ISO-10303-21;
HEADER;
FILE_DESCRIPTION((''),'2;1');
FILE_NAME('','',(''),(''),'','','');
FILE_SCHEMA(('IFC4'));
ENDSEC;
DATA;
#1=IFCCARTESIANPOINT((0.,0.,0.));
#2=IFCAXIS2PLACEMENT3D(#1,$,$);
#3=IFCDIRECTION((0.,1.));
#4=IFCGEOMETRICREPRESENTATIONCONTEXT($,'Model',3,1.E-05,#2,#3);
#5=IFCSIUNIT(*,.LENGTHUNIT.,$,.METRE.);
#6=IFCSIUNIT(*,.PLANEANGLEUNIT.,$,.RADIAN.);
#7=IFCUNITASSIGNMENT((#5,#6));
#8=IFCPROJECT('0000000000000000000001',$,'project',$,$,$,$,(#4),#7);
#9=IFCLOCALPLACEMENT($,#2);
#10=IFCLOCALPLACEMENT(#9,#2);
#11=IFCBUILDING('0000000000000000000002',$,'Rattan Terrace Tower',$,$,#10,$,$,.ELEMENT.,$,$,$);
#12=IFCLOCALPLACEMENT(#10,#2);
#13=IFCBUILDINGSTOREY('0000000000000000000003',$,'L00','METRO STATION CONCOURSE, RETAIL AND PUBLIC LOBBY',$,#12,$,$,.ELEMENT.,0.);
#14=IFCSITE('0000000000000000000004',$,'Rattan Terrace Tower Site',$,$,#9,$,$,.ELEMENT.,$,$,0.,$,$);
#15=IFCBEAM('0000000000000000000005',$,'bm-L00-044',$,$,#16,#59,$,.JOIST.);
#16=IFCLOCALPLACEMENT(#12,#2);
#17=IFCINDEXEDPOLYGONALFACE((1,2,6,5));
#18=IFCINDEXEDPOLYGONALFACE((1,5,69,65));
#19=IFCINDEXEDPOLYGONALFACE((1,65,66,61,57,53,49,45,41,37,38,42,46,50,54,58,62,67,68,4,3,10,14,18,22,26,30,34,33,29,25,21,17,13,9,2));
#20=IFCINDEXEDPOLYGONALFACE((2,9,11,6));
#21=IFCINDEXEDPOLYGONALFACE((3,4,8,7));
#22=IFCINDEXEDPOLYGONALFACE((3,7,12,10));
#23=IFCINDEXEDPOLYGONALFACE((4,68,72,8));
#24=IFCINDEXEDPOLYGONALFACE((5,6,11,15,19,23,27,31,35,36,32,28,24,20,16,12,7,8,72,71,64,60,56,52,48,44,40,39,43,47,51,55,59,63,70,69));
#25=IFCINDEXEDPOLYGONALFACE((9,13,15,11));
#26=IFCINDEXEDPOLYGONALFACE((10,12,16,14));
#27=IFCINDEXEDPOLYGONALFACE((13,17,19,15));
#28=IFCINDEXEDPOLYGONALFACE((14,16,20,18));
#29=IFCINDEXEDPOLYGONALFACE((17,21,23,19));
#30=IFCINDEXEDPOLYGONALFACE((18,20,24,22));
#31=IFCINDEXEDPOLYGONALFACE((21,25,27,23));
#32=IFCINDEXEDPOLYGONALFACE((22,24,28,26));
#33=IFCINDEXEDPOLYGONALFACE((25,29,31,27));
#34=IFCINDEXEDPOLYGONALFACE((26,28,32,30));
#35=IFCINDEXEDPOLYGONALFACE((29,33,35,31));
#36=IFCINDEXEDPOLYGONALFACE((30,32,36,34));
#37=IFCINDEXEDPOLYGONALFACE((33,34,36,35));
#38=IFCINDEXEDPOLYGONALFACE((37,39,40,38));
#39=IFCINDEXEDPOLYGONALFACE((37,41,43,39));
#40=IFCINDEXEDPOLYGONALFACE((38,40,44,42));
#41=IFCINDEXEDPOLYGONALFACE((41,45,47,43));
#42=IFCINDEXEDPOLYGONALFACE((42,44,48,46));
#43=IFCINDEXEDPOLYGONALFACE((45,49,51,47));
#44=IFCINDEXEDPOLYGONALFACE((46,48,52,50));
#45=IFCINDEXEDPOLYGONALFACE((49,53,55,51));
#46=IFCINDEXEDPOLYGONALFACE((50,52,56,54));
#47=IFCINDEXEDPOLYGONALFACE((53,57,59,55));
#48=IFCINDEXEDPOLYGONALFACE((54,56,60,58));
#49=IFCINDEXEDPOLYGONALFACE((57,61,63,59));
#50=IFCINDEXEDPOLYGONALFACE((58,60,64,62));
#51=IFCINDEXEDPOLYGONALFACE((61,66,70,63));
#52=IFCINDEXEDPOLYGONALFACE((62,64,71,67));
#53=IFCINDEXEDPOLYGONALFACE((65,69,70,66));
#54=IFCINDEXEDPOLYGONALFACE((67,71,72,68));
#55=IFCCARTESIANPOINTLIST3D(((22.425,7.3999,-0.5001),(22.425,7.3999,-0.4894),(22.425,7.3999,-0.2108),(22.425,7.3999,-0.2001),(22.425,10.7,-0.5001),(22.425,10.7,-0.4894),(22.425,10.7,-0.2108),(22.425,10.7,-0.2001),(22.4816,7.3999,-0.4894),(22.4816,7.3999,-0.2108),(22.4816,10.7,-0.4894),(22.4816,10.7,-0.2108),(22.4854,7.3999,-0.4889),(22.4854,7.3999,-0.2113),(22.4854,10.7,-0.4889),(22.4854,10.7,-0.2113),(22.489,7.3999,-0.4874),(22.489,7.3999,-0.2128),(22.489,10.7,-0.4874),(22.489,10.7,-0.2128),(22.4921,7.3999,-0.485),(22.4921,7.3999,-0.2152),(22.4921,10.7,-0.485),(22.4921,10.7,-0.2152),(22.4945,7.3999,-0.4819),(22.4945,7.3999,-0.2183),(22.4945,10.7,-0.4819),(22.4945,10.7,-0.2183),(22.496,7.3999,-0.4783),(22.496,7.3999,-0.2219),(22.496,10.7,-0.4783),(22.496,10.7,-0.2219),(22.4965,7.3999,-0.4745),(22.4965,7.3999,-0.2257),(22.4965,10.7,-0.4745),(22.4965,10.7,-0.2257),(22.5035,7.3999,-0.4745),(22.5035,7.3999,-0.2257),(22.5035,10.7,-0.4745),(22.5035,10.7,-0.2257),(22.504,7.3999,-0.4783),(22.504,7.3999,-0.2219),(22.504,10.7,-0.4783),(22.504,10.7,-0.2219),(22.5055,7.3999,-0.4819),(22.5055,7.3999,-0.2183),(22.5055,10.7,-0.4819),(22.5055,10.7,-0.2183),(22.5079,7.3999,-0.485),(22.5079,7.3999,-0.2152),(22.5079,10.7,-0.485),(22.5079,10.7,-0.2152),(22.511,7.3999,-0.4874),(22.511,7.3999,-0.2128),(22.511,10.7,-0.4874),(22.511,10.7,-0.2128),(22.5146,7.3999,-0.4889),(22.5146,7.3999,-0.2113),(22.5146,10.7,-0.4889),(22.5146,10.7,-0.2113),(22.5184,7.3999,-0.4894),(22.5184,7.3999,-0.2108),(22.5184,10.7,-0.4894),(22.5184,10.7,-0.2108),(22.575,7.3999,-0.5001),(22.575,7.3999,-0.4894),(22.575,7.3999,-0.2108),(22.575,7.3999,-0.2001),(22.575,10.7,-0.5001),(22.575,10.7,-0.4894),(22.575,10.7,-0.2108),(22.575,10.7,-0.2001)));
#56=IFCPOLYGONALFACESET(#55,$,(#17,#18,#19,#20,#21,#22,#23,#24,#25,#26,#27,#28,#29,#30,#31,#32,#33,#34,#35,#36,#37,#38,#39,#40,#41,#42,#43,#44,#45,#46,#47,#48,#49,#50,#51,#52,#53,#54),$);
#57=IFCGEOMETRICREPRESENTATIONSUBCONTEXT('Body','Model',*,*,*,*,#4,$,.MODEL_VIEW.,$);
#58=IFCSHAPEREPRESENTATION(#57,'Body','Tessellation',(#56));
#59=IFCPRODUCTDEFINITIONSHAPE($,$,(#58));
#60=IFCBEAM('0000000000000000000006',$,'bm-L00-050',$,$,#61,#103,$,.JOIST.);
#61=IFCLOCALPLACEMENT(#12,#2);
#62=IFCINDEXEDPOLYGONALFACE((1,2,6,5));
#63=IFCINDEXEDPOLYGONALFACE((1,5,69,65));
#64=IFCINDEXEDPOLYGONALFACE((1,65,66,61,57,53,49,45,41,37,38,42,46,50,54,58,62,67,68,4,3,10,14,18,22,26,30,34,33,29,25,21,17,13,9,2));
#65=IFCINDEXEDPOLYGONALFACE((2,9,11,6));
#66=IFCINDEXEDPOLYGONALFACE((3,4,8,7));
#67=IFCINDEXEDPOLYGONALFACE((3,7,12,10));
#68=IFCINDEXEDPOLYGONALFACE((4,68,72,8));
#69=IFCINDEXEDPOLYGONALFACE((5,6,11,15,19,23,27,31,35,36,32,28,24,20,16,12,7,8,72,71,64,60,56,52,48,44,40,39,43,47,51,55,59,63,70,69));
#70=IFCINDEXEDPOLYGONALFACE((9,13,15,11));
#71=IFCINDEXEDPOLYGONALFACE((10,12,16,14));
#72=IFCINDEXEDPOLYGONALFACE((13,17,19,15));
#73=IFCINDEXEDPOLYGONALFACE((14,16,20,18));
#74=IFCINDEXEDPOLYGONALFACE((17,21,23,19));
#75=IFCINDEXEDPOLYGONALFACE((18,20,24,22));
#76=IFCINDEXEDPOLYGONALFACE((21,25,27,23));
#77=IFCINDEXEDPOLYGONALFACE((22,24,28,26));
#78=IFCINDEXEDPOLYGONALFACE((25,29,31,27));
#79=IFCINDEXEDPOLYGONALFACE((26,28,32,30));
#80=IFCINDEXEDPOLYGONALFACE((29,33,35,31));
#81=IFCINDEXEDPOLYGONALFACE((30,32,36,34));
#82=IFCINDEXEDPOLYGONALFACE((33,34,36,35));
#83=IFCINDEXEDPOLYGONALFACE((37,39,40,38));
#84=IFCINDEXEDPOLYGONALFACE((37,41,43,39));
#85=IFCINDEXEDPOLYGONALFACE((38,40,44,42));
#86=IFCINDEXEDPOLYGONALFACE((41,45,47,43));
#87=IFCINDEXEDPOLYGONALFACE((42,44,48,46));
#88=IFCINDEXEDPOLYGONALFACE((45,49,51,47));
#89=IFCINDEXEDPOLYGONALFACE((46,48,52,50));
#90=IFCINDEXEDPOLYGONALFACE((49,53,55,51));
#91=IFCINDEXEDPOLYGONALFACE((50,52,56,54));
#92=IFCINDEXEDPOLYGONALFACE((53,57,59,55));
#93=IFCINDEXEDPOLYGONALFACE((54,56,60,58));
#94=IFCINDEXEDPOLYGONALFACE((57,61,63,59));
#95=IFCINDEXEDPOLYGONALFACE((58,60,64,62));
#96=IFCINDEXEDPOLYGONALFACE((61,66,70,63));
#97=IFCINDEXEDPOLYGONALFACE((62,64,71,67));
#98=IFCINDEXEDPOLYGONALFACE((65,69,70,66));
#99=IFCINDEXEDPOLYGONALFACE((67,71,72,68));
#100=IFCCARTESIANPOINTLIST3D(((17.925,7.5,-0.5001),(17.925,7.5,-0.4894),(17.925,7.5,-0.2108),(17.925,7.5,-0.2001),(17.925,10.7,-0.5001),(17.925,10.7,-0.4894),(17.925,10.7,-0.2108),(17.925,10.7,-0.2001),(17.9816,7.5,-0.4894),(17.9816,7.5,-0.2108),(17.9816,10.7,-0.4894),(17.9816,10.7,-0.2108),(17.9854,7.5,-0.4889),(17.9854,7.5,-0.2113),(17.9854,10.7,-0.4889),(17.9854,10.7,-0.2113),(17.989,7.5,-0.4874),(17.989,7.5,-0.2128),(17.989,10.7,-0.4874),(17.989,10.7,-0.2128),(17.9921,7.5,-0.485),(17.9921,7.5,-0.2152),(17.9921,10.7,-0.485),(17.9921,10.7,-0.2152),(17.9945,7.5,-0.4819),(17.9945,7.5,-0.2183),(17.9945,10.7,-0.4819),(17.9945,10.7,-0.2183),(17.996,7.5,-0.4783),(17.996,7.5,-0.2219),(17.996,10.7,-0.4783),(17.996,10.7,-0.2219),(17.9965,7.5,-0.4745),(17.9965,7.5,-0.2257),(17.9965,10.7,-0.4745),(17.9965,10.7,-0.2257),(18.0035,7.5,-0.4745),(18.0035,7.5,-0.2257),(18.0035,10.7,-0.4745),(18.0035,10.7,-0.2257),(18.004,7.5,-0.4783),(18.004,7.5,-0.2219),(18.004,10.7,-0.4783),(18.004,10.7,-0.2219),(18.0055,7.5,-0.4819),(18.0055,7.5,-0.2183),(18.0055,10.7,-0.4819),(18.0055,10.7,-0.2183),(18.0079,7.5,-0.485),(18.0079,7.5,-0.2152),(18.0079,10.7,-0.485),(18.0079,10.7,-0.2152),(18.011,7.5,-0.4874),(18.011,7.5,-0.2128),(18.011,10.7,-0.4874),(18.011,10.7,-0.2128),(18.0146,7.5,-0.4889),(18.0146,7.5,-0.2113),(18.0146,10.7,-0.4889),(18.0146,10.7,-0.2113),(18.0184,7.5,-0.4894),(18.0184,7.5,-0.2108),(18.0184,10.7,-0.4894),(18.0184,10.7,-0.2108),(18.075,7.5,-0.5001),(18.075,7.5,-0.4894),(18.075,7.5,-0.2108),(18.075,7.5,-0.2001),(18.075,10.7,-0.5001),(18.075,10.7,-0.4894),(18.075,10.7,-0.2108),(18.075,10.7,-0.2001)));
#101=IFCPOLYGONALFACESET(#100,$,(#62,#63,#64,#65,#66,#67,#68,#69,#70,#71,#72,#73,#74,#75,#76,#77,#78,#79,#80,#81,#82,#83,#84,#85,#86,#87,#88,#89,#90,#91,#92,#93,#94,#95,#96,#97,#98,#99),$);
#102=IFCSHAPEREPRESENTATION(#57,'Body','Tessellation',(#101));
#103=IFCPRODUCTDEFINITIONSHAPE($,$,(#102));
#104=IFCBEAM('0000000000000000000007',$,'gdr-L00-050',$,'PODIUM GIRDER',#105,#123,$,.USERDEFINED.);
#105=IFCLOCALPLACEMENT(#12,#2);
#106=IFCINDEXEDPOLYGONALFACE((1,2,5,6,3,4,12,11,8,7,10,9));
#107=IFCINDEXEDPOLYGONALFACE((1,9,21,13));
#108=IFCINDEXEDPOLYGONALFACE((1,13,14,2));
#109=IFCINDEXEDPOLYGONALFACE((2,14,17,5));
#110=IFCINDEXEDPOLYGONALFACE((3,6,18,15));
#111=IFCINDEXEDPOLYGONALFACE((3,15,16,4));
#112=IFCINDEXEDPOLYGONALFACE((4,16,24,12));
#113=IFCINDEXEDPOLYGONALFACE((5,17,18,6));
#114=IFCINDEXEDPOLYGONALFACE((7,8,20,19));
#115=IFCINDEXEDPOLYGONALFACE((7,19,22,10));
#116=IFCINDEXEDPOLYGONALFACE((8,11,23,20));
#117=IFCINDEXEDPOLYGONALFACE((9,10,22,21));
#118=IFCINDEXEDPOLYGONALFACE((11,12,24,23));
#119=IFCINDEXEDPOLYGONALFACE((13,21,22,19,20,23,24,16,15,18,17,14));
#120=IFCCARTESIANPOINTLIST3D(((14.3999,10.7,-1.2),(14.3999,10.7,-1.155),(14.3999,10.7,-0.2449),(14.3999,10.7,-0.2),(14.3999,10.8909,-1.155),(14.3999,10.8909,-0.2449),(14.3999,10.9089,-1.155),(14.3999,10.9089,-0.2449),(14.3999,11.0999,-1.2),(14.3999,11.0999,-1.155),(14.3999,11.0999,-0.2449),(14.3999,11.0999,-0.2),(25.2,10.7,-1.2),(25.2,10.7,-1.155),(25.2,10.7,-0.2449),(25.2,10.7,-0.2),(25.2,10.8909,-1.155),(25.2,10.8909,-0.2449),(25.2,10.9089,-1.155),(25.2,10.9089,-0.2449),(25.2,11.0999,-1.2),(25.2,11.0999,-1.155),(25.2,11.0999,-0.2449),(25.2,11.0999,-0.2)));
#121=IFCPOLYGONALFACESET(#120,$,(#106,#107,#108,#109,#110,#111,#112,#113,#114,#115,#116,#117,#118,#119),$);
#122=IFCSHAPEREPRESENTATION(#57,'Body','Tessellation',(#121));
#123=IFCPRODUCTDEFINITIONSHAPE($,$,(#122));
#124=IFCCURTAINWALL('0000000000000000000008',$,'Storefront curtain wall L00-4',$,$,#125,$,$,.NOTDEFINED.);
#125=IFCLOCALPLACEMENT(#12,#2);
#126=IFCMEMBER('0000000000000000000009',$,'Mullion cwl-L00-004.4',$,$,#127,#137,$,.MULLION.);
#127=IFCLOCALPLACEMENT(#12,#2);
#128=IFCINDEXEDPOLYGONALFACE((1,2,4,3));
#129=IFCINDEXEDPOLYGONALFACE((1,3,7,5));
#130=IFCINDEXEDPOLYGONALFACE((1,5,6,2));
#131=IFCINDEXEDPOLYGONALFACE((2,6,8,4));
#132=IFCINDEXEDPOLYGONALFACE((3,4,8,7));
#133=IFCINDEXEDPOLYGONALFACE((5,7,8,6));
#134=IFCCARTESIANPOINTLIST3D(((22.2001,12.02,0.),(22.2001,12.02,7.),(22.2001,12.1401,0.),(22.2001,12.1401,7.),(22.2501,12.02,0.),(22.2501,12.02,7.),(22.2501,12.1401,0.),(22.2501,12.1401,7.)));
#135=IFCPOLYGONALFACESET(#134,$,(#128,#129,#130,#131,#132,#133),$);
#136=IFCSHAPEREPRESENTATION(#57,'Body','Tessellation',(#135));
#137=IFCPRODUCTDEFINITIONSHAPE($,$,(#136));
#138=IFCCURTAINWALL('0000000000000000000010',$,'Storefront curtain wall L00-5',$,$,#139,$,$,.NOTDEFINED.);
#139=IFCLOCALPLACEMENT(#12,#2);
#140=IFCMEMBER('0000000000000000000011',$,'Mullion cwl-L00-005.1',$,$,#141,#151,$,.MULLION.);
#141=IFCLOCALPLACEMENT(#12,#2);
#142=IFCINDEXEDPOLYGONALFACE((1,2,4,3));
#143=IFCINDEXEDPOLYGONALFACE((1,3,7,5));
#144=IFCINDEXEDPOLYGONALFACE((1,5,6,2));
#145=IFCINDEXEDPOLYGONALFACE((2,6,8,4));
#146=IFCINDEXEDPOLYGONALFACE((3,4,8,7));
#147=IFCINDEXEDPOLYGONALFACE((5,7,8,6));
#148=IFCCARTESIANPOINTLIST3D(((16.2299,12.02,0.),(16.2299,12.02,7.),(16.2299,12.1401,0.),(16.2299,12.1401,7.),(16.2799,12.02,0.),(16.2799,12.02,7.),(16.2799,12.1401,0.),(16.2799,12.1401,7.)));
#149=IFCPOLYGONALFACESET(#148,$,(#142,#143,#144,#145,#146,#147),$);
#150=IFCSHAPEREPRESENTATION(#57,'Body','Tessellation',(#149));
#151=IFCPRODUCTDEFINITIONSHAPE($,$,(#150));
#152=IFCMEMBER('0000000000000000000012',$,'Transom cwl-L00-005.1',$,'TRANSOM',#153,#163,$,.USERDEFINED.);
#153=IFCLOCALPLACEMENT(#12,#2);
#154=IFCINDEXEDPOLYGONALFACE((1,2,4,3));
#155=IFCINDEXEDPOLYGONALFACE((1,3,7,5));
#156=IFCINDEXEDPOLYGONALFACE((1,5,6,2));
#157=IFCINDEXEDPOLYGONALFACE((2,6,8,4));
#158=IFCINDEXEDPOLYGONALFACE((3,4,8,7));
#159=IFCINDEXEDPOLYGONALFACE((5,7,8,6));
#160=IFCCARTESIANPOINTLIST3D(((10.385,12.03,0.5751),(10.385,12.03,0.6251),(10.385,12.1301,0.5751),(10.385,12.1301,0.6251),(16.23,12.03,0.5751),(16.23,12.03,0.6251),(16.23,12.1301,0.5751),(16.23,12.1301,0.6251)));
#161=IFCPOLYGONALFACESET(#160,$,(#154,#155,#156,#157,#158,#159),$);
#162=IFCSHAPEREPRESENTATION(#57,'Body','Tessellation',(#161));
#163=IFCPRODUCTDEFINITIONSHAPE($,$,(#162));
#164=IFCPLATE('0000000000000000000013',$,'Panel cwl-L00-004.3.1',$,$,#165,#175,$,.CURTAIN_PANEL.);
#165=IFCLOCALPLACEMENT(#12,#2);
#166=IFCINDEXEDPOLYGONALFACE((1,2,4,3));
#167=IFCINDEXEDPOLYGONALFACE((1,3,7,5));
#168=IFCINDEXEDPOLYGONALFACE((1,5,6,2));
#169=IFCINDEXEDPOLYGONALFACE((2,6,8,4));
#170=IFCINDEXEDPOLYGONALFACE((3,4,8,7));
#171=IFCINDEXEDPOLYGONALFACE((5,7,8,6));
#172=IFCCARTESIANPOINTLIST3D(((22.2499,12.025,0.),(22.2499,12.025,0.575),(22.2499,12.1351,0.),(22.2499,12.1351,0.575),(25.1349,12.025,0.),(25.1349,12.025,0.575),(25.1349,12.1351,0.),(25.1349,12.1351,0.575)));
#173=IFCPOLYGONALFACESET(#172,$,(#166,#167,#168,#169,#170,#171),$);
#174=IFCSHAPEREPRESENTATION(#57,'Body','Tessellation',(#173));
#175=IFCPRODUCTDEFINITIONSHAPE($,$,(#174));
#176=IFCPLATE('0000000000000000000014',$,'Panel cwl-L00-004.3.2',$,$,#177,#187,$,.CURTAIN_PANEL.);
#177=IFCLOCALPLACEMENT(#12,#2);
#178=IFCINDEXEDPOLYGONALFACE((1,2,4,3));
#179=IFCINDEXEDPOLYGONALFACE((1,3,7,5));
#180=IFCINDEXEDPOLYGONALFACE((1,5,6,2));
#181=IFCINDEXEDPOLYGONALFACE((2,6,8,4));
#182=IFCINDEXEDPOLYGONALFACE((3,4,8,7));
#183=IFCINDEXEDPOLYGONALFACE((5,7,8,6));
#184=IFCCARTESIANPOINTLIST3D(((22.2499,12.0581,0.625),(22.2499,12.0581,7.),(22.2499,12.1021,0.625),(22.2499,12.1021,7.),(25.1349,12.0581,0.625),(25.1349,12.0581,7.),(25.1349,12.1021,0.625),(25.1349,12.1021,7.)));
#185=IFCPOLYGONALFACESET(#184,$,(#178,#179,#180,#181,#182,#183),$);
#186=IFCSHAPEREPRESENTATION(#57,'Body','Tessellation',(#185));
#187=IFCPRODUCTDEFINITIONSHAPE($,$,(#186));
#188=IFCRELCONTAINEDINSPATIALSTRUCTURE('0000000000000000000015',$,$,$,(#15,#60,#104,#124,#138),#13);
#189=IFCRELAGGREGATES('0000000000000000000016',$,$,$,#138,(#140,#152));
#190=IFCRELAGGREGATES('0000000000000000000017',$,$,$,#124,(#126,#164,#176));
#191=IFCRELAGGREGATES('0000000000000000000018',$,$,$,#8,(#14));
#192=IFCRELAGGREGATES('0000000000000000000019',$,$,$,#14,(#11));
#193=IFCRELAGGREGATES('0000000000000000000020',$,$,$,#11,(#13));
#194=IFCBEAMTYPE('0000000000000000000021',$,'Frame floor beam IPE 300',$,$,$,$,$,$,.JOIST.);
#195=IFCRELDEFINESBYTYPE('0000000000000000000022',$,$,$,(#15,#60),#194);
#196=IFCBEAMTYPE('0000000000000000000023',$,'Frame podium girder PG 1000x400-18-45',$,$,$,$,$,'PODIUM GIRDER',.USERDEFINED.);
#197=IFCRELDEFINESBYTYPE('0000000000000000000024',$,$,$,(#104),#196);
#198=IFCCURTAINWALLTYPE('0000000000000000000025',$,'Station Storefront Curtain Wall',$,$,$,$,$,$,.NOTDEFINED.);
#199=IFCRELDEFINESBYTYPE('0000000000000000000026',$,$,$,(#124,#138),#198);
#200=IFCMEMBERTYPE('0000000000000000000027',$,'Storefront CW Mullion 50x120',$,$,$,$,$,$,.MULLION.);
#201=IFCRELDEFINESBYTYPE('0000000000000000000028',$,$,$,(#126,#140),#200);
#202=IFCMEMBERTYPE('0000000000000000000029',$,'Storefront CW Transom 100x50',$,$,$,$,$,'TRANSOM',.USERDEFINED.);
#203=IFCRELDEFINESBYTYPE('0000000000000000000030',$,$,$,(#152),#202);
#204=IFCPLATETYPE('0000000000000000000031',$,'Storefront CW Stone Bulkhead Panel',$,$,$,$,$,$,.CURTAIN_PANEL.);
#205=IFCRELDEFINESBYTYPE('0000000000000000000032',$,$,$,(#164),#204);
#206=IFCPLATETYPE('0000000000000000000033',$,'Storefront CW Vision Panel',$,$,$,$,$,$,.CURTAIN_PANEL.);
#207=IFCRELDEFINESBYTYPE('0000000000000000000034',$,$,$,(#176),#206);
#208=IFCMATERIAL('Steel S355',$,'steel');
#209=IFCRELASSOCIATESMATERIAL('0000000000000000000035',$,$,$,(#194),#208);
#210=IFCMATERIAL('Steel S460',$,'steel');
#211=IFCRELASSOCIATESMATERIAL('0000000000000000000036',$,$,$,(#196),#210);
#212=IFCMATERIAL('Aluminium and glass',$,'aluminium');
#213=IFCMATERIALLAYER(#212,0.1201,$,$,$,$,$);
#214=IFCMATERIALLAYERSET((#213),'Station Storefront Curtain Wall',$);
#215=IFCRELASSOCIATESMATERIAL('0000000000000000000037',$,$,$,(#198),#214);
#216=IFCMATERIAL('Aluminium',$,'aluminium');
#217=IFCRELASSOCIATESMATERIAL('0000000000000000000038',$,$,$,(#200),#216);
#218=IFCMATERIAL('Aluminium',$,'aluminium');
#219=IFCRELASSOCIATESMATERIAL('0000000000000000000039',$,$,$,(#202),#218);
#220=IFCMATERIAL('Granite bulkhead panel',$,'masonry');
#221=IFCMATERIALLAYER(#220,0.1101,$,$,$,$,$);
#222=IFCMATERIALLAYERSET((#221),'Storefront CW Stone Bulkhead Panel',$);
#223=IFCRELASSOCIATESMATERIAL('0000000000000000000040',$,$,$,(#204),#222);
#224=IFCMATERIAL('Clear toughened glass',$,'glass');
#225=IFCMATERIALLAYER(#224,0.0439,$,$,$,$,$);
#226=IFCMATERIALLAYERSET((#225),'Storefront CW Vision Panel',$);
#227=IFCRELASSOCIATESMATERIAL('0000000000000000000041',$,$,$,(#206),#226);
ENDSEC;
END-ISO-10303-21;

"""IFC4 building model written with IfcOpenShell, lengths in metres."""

from ifc_helpers import new_model, si_unit, direction, frame, origin, origin_2d, place, context, subcontext, project, spatial, rectangle, i_section, extrude, material, layer, layer_set, material_profile, profile_set, type_object, element, aggregate, save


model = new_model("IFC4")

# Units and contexts
model_context = context("Model", 3, precision=1e-05, world=origin(), true_north=direction((0.0, 1.0)))
body_context = subcontext(model_context, "Body", "Model", "MODEL_VIEW")
ifc_project = project(units=[si_unit("LENGTHUNIT", "METRE"), si_unit("PLANEANGLEUNIT", "RADIAN")], contexts=[model_context])

# Site, building, storey
site_placement = place(None, origin())
site = spatial("IfcSite", under=ifc_project, at=site_placement, Name="Rattan Terrace Tower Site", CompositionType="ELEMENT", RefElevation=0.0)
building_placement = place(site_placement, origin())
building = spatial("IfcBuilding", under=site, at=building_placement, Name="Rattan Terrace Tower", CompositionType="ELEMENT")
storey_placement = place(building_placement, origin())
storey = spatial("IfcBuildingStorey", under=building, at=storey_placement, Name="L00", Description="METRO STATION CONCOURSE, RETAIL AND PUBLIC LOBBY", CompositionType="ELEMENT", Elevation=0.0)

# Beams
ifc_material_1 = material(Name="Steel S355", Category="steel")
ifc_material_profile_1 = material_profile(ifc_material_1, i_section(OverallWidth=0.1499, OverallDepth=0.3, WebThickness=0.0071, FlangeThickness=0.0107, FilletRadius=0.0149, at=origin_2d()), Name="IPE 300")
ifc_profile_set_1 = profile_set([ifc_material_profile_1], Name="Steel S355")
beam_type_1 = type_object("IfcBeamType", Name="Frame floor beam IPE 300", PredefinedType="JOIST", material=ifc_profile_set_1)
beam_1_placement = place(storey_placement, frame((22.5, 7.3999, -0.3501), z_axis=(0.0, 1.0, 0.0), x_axis=(-1.0, 0.0, 0.0)))
element("IfcBeam", 1, at=beam_1_placement, inside=storey, type_object=beam_type_1, Name="bm-L00-044", PredefinedType="JOIST", context=body_context, shape_type="SweptSolid", body=[
    extrude(i_section(OverallWidth=0.1499, OverallDepth=0.3, WebThickness=0.0071, FlangeThickness=0.0107, FilletRadius=0.0149, at=origin_2d()), origin(), (0.0, 0.0, 1.0), 3.3),
])
beam_2_placement = place(storey_placement, frame((18.0, 7.5, -0.3501), z_axis=(0.0, 1.0, 0.0), x_axis=(-1.0, 0.0, 0.0)))
element("IfcBeam", 2, at=beam_2_placement, inside=storey, type_object=beam_type_1, Name="bm-L00-050", PredefinedType="JOIST", context=body_context, shape_type="SweptSolid", body=[
    extrude(i_section(OverallWidth=0.1499, OverallDepth=0.3, WebThickness=0.0071, FlangeThickness=0.0107, FilletRadius=0.0149, at=origin_2d()), origin(), (0.0, 0.0, 1.0), 3.2),
])
ifc_material_2 = material(Name="Steel S460", Category="steel")
ifc_material_profile_2 = material_profile(ifc_material_2, i_section(OverallWidth=0.3999, OverallDepth=1.0, WebThickness=0.0181, FlangeThickness=0.0449, at=origin_2d()), Name="PG 1000x400-18-45")
ifc_profile_set_2 = profile_set([ifc_material_profile_2], Name="Steel S460")
beam_type_2 = type_object("IfcBeamType", Name="Frame podium girder PG 1000x400-18-45", ElementType="PODIUM GIRDER", PredefinedType="USERDEFINED", material=ifc_profile_set_2)
beam_3_placement = place(storey_placement, frame((14.3999, 10.8999, -0.7), z_axis=(1.0, 0.0, 0.0), x_axis=(0.0, 1.0, 0.0)))
element("IfcBeam", 3, at=beam_3_placement, inside=storey, type_object=beam_type_2, Name="gdr-L00-050", ObjectType="PODIUM GIRDER", PredefinedType="USERDEFINED", context=body_context, shape_type="SweptSolid", body=[
    extrude(i_section(OverallWidth=0.3999, OverallDepth=1.0, WebThickness=0.0181, FlangeThickness=0.0449, at=origin_2d()), origin(), (0.0, 0.0, 1.0), 10.8),
])

# Curtain wall, member
ifc_material_3 = material(Name="Aluminium and glass", Category="aluminium")
ifc_layer_1 = layer(ifc_material_3, 0.1201)
ifc_layer_set_1 = layer_set([ifc_layer_1], Name="Station Storefront Curtain Wall")
curtain_wall_type = type_object("IfcCurtainWallType", Name="Station Storefront Curtain Wall", PredefinedType="NOTDEFINED", material=ifc_layer_set_1)
curtain_wall_1_placement = place(storey_placement, origin())
curtain_wall_1 = element("IfcCurtainWall", 4, at=curtain_wall_1_placement, inside=storey, type_object=curtain_wall_type, Name="Storefront curtain wall L00-4", PredefinedType="NOTDEFINED")
ifc_material_4 = material(Name="Aluminium", Category="aluminium")
ifc_material_profile_3 = material_profile(ifc_material_4, rectangle(XDim=0.05, YDim=0.1201, at=origin_2d()), Name="Aluminium 50x120")
ifc_profile_set_3 = profile_set([ifc_material_profile_3], Name="Aluminium")
member_type_1 = type_object("IfcMemberType", Name="Storefront CW Mullion 50x120", PredefinedType="MULLION", material=ifc_profile_set_3)
member_1_placement = place(storey_placement, frame((22.2251, 12.0801, 0.0), z_axis=(0.0, 0.0, 1.0), x_axis=(-1.0, 0.0, 0.0)))
member_1 = element("IfcMember", 5, at=member_1_placement, type_object=member_type_1, Name="Mullion cwl-L00-004.4", PredefinedType="MULLION", context=body_context, shape_type="SweptSolid", body=[
    extrude(rectangle(XDim=0.05, YDim=0.1201, at=origin_2d()), origin(), (0.0, 0.0, 1.0), 7.0),
])

# Curtain wall, members
curtain_wall_2_placement = place(storey_placement, origin())
curtain_wall_2 = element("IfcCurtainWall", 6, at=curtain_wall_2_placement, inside=storey, type_object=curtain_wall_type, Name="Storefront curtain wall L00-5", PredefinedType="NOTDEFINED")
member_2_placement = place(storey_placement, frame((16.2549, 12.0801, 0.0), z_axis=(0.0, 0.0, 1.0), x_axis=(-1.0, 0.0, 0.0)))
member_2 = element("IfcMember", 7, at=member_2_placement, type_object=member_type_1, Name="Mullion cwl-L00-005.1", PredefinedType="MULLION", context=body_context, shape_type="SweptSolid", body=[
    extrude(rectangle(XDim=0.05, YDim=0.1201, at=origin_2d()), origin(), (0.0, 0.0, 1.0), 7.0),
])
ifc_material_5 = material(Name="Aluminium", Category="aluminium")
ifc_material_profile_4 = material_profile(ifc_material_5, rectangle(XDim=0.1001, YDim=0.05, at=origin_2d()), Name="Aluminium 100x50")
ifc_profile_set_4 = profile_set([ifc_material_profile_4], Name="Aluminium")
member_type_2 = type_object("IfcMemberType", Name="Storefront CW Transom 100x50", ElementType="TRANSOM", PredefinedType="USERDEFINED", material=ifc_profile_set_4)
member_3_placement = place(storey_placement, frame((16.23, 12.0801, 0.6001), z_axis=(-1.0, 0.0, 0.0), x_axis=(0.0, -1.0, 0.0)))
member_3 = element("IfcMember", 8, at=member_3_placement, type_object=member_type_2, Name="Transom cwl-L00-005.1", ObjectType="TRANSOM", PredefinedType="USERDEFINED", context=body_context, shape_type="SweptSolid", body=[
    extrude(rectangle(XDim=0.1001, YDim=0.05, at=origin_2d()), origin(), (0.0, 0.0, 1.0), 5.845),
])
aggregate(curtain_wall_2, [member_2, member_3])

# Plates
ifc_material_6 = material(Name="Granite bulkhead panel", Category="masonry")
ifc_layer_2 = layer(ifc_material_6, 0.1101)
ifc_layer_set_2 = layer_set([ifc_layer_2], Name="Storefront CW Stone Bulkhead Panel")
plate_type_1 = type_object("IfcPlateType", Name="Storefront CW Stone Bulkhead Panel", PredefinedType="CURTAIN_PANEL", material=ifc_layer_set_2)
plate_1_placement = place(storey_placement, frame((23.6924, 12.0801, 0.0), z_axis=(0.0, 0.0, 1.0), x_axis=(-1.0, 0.0, 0.0)))
plate_1 = element("IfcPlate", 9, at=plate_1_placement, type_object=plate_type_1, Name="Panel cwl-L00-004.3.1", PredefinedType="CURTAIN_PANEL", context=body_context, shape_type="SweptSolid", body=[
    extrude(rectangle(XDim=2.885, YDim=0.1101, at=origin_2d()), origin(), (0.0, 0.0, 1.0), 0.575),
])
ifc_material_7 = material(Name="Clear toughened glass", Category="glass")
ifc_layer_3 = layer(ifc_material_7, 0.0439)
ifc_layer_set_3 = layer_set([ifc_layer_3], Name="Storefront CW Vision Panel")
plate_type_2 = type_object("IfcPlateType", Name="Storefront CW Vision Panel", PredefinedType="CURTAIN_PANEL", material=ifc_layer_set_3)
plate_2_placement = place(storey_placement, frame((23.6924, 12.0801, 0.625), z_axis=(0.0, 0.0, 1.0), x_axis=(-1.0, 0.0, 0.0)))
plate_2 = element("IfcPlate", 10, at=plate_2_placement, type_object=plate_type_2, Name="Panel cwl-L00-004.3.2", PredefinedType="CURTAIN_PANEL", context=body_context, shape_type="SweptSolid", body=[
    extrude(rectangle(XDim=2.885, YDim=0.0439, at=origin_2d()), origin(), (0.0, 0.0, 1.0), 6.375),
])
aggregate(curtain_wall_1, [member_1, plate_1, plate_2])

save(model, "model.ifc")
